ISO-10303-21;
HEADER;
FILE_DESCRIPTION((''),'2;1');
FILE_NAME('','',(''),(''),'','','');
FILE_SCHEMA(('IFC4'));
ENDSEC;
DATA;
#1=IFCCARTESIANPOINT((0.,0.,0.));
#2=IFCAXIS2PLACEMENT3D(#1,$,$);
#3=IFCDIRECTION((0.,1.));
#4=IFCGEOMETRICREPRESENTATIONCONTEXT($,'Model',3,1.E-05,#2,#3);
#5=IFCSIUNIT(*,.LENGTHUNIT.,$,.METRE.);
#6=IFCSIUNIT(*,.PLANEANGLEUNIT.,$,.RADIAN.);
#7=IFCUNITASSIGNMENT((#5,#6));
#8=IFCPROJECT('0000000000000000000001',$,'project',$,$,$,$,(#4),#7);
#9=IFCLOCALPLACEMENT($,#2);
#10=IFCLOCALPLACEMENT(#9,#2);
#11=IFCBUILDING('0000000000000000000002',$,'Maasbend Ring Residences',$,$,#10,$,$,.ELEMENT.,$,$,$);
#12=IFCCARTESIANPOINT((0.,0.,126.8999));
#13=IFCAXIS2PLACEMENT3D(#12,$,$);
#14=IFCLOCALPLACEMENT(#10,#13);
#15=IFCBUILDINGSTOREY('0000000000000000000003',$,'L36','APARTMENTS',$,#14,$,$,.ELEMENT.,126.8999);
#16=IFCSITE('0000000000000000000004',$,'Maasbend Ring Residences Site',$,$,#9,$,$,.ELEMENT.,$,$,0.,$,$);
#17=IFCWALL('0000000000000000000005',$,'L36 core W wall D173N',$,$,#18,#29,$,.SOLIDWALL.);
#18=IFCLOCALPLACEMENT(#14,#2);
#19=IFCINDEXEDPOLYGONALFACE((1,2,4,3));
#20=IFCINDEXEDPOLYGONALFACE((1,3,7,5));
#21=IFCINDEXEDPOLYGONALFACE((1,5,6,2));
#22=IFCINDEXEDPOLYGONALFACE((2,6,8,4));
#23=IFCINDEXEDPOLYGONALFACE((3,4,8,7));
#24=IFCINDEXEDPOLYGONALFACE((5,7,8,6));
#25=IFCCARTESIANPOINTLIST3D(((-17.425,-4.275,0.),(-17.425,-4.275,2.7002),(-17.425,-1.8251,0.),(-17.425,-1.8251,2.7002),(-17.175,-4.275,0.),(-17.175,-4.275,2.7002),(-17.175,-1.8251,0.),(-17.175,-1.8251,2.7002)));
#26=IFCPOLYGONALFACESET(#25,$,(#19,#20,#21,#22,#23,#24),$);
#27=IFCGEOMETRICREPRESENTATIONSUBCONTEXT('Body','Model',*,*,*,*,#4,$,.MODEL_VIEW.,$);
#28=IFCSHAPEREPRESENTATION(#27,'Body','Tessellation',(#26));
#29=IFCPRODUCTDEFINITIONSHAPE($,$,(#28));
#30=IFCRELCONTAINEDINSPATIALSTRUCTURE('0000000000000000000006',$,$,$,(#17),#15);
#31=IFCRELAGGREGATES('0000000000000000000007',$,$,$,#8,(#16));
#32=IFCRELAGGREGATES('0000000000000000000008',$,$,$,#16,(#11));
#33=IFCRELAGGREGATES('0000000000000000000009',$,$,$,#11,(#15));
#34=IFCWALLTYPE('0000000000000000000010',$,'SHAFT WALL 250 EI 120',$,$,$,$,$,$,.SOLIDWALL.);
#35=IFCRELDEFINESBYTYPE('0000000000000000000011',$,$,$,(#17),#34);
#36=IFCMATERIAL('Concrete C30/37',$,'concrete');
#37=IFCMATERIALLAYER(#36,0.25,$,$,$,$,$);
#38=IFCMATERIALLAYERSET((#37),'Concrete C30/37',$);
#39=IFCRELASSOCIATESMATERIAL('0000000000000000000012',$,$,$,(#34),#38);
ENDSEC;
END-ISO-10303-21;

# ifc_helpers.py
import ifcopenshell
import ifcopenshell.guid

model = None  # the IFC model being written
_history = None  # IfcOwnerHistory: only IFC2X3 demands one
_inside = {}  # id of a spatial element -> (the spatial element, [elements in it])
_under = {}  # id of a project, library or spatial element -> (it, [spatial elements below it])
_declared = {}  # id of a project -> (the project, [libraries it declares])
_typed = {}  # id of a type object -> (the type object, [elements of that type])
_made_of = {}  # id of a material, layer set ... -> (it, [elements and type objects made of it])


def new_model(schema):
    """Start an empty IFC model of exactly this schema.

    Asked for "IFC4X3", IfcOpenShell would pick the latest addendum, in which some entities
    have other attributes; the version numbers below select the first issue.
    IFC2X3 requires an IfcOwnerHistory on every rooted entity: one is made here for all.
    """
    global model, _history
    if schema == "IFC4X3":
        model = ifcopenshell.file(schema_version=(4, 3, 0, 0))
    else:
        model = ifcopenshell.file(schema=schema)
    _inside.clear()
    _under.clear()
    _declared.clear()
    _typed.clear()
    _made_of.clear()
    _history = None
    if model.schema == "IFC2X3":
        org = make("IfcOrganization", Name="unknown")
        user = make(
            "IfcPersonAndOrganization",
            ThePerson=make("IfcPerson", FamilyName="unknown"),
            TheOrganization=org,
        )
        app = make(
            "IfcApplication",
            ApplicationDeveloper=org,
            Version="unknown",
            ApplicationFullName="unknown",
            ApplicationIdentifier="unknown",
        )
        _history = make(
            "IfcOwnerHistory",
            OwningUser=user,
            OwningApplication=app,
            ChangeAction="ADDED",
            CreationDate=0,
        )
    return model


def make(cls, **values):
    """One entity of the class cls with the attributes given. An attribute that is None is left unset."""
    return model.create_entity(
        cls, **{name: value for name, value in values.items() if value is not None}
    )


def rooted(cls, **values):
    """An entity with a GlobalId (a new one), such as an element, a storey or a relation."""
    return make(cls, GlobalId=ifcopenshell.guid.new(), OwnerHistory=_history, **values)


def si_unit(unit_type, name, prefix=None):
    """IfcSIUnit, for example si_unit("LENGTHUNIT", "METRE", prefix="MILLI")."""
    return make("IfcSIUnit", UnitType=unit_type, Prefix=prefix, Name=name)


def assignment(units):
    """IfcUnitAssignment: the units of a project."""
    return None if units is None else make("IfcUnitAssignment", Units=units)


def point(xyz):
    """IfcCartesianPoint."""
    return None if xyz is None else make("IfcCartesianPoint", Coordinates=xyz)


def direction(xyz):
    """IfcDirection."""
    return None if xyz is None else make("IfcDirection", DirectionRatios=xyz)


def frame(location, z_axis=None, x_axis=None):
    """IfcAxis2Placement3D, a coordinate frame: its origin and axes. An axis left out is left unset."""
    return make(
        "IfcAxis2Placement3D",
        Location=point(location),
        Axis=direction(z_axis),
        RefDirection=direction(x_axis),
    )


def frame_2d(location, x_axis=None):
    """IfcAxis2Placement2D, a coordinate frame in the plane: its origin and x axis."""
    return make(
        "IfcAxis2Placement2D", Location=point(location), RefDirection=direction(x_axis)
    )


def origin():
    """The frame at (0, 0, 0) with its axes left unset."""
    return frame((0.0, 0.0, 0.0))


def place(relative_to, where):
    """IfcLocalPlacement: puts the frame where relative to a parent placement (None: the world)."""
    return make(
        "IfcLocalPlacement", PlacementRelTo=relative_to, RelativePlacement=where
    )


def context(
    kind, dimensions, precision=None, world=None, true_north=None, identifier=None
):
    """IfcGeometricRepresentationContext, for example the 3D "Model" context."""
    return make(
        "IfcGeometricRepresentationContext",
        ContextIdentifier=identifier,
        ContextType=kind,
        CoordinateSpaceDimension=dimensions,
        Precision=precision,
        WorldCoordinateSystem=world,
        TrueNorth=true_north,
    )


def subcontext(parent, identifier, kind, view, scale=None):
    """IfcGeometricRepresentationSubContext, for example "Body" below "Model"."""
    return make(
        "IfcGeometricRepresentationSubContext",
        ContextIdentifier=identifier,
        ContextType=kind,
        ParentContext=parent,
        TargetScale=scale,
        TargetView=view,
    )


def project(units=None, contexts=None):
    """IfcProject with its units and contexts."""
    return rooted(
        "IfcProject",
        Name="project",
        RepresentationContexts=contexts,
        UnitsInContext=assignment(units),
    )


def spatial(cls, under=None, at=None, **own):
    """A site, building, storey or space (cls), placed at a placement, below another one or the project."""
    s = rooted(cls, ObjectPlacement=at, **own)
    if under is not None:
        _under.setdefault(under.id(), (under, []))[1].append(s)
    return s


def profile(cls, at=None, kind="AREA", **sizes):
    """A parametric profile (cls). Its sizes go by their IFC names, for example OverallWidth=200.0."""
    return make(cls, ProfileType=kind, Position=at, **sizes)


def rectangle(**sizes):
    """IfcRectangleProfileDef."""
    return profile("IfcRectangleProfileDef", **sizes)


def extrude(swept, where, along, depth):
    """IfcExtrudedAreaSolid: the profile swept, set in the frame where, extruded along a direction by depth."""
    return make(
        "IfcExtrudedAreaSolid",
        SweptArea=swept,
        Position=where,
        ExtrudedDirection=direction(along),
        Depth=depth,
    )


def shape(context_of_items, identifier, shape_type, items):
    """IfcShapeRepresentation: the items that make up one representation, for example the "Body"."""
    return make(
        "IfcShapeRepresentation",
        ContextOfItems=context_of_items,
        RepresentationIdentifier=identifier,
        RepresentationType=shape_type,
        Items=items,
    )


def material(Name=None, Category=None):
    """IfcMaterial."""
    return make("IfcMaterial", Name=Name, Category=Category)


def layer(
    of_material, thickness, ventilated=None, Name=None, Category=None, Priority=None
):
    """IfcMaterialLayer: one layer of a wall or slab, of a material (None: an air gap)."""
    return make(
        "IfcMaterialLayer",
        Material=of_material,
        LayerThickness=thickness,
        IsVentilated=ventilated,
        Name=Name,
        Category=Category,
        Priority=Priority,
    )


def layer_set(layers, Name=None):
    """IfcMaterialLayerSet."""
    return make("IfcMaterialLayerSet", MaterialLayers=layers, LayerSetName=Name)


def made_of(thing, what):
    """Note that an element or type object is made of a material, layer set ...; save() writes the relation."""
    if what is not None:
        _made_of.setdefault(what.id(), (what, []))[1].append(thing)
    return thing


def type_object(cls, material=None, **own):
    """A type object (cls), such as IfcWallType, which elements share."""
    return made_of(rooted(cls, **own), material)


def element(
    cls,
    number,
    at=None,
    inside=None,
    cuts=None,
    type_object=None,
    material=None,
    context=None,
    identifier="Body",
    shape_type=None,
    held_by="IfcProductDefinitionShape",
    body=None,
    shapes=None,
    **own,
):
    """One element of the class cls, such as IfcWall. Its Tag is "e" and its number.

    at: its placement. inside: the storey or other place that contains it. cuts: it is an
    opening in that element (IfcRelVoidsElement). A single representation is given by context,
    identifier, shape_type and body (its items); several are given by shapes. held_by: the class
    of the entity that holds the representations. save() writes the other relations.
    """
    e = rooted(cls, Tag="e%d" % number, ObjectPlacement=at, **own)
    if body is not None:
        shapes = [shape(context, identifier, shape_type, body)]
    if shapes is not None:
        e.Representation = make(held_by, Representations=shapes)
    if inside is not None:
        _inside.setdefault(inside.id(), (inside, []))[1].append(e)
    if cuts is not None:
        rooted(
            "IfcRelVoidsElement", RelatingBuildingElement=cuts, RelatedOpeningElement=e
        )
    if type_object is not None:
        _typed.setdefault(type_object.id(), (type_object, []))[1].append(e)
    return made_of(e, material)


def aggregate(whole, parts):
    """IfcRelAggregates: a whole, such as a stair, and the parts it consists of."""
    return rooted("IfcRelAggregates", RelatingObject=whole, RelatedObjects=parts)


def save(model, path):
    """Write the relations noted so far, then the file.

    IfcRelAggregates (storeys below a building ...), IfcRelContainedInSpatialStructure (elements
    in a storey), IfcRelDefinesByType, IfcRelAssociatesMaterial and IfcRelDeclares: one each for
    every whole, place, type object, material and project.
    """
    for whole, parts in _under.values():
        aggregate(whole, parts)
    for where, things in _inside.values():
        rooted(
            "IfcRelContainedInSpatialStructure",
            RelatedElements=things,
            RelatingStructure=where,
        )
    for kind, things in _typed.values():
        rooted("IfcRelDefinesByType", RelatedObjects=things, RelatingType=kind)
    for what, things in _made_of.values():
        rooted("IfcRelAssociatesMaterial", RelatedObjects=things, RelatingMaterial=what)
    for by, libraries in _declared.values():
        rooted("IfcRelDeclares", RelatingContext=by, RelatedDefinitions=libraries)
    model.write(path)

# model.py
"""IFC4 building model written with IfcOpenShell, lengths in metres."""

from ifc_helpers import new_model, si_unit, direction, frame, frame_2d, origin, place, context, subcontext, project, spatial, rectangle, extrude, material, layer, layer_set, type_object, element, save


model = new_model("IFC4")

# Units and contexts
model_context = context("Model", 3, precision=1e-05, world=origin(), true_north=direction((0.0, 1.0)))
body_context = subcontext(model_context, "Body", "Model", "MODEL_VIEW")
ifc_project = project(units=[si_unit("LENGTHUNIT", "METRE"), si_unit("PLANEANGLEUNIT", "RADIAN")], contexts=[model_context])

# Site, building, storey
site_placement = place(None, origin())
site = spatial("IfcSite", under=ifc_project, at=site_placement, Name="Maasbend Ring Residences Site", CompositionType="ELEMENT", RefElevation=0.0)
building_placement = place(site_placement, origin())
building = spatial("IfcBuilding", under=site, at=building_placement, Name="Maasbend Ring Residences", CompositionType="ELEMENT")
storey_placement = place(building_placement, frame((0.0, 0.0, 126.8999)))
storey = spatial("IfcBuildingStorey", under=building, at=storey_placement, Name="L36", Description="APARTMENTS", CompositionType="ELEMENT", Elevation=126.8999)

# Wall
ifc_material_1 = material(Name="Concrete C30/37", Category="concrete")
ifc_layer_1 = layer(ifc_material_1, 0.25)
ifc_layer_set_1 = layer_set([ifc_layer_1], Name="Concrete C30/37")
wall_type_1 = type_object("IfcWallType", Name="SHAFT WALL 250 EI 120", PredefinedType="SOLIDWALL", material=ifc_layer_set_1)
wall_1_placement = place(storey_placement, frame((-17.3, -1.825, 0.0), z_axis=(0.0, 0.0, 1.0), x_axis=(0.0, -1.0, 0.0)))
element("IfcWall", 1, at=wall_1_placement, inside=storey, type_object=wall_type_1, Name="L36 core W wall D173N", PredefinedType="SOLIDWALL", context=body_context, shape_type="SweptSolid", body=[
    extrude(rectangle(XDim=2.45, YDim=0.25, at=frame_2d((1.2251, 0.0))), origin(), (0.0, 0.0, 1.0), 2.7002),
])

save(model, "model.ifc")
